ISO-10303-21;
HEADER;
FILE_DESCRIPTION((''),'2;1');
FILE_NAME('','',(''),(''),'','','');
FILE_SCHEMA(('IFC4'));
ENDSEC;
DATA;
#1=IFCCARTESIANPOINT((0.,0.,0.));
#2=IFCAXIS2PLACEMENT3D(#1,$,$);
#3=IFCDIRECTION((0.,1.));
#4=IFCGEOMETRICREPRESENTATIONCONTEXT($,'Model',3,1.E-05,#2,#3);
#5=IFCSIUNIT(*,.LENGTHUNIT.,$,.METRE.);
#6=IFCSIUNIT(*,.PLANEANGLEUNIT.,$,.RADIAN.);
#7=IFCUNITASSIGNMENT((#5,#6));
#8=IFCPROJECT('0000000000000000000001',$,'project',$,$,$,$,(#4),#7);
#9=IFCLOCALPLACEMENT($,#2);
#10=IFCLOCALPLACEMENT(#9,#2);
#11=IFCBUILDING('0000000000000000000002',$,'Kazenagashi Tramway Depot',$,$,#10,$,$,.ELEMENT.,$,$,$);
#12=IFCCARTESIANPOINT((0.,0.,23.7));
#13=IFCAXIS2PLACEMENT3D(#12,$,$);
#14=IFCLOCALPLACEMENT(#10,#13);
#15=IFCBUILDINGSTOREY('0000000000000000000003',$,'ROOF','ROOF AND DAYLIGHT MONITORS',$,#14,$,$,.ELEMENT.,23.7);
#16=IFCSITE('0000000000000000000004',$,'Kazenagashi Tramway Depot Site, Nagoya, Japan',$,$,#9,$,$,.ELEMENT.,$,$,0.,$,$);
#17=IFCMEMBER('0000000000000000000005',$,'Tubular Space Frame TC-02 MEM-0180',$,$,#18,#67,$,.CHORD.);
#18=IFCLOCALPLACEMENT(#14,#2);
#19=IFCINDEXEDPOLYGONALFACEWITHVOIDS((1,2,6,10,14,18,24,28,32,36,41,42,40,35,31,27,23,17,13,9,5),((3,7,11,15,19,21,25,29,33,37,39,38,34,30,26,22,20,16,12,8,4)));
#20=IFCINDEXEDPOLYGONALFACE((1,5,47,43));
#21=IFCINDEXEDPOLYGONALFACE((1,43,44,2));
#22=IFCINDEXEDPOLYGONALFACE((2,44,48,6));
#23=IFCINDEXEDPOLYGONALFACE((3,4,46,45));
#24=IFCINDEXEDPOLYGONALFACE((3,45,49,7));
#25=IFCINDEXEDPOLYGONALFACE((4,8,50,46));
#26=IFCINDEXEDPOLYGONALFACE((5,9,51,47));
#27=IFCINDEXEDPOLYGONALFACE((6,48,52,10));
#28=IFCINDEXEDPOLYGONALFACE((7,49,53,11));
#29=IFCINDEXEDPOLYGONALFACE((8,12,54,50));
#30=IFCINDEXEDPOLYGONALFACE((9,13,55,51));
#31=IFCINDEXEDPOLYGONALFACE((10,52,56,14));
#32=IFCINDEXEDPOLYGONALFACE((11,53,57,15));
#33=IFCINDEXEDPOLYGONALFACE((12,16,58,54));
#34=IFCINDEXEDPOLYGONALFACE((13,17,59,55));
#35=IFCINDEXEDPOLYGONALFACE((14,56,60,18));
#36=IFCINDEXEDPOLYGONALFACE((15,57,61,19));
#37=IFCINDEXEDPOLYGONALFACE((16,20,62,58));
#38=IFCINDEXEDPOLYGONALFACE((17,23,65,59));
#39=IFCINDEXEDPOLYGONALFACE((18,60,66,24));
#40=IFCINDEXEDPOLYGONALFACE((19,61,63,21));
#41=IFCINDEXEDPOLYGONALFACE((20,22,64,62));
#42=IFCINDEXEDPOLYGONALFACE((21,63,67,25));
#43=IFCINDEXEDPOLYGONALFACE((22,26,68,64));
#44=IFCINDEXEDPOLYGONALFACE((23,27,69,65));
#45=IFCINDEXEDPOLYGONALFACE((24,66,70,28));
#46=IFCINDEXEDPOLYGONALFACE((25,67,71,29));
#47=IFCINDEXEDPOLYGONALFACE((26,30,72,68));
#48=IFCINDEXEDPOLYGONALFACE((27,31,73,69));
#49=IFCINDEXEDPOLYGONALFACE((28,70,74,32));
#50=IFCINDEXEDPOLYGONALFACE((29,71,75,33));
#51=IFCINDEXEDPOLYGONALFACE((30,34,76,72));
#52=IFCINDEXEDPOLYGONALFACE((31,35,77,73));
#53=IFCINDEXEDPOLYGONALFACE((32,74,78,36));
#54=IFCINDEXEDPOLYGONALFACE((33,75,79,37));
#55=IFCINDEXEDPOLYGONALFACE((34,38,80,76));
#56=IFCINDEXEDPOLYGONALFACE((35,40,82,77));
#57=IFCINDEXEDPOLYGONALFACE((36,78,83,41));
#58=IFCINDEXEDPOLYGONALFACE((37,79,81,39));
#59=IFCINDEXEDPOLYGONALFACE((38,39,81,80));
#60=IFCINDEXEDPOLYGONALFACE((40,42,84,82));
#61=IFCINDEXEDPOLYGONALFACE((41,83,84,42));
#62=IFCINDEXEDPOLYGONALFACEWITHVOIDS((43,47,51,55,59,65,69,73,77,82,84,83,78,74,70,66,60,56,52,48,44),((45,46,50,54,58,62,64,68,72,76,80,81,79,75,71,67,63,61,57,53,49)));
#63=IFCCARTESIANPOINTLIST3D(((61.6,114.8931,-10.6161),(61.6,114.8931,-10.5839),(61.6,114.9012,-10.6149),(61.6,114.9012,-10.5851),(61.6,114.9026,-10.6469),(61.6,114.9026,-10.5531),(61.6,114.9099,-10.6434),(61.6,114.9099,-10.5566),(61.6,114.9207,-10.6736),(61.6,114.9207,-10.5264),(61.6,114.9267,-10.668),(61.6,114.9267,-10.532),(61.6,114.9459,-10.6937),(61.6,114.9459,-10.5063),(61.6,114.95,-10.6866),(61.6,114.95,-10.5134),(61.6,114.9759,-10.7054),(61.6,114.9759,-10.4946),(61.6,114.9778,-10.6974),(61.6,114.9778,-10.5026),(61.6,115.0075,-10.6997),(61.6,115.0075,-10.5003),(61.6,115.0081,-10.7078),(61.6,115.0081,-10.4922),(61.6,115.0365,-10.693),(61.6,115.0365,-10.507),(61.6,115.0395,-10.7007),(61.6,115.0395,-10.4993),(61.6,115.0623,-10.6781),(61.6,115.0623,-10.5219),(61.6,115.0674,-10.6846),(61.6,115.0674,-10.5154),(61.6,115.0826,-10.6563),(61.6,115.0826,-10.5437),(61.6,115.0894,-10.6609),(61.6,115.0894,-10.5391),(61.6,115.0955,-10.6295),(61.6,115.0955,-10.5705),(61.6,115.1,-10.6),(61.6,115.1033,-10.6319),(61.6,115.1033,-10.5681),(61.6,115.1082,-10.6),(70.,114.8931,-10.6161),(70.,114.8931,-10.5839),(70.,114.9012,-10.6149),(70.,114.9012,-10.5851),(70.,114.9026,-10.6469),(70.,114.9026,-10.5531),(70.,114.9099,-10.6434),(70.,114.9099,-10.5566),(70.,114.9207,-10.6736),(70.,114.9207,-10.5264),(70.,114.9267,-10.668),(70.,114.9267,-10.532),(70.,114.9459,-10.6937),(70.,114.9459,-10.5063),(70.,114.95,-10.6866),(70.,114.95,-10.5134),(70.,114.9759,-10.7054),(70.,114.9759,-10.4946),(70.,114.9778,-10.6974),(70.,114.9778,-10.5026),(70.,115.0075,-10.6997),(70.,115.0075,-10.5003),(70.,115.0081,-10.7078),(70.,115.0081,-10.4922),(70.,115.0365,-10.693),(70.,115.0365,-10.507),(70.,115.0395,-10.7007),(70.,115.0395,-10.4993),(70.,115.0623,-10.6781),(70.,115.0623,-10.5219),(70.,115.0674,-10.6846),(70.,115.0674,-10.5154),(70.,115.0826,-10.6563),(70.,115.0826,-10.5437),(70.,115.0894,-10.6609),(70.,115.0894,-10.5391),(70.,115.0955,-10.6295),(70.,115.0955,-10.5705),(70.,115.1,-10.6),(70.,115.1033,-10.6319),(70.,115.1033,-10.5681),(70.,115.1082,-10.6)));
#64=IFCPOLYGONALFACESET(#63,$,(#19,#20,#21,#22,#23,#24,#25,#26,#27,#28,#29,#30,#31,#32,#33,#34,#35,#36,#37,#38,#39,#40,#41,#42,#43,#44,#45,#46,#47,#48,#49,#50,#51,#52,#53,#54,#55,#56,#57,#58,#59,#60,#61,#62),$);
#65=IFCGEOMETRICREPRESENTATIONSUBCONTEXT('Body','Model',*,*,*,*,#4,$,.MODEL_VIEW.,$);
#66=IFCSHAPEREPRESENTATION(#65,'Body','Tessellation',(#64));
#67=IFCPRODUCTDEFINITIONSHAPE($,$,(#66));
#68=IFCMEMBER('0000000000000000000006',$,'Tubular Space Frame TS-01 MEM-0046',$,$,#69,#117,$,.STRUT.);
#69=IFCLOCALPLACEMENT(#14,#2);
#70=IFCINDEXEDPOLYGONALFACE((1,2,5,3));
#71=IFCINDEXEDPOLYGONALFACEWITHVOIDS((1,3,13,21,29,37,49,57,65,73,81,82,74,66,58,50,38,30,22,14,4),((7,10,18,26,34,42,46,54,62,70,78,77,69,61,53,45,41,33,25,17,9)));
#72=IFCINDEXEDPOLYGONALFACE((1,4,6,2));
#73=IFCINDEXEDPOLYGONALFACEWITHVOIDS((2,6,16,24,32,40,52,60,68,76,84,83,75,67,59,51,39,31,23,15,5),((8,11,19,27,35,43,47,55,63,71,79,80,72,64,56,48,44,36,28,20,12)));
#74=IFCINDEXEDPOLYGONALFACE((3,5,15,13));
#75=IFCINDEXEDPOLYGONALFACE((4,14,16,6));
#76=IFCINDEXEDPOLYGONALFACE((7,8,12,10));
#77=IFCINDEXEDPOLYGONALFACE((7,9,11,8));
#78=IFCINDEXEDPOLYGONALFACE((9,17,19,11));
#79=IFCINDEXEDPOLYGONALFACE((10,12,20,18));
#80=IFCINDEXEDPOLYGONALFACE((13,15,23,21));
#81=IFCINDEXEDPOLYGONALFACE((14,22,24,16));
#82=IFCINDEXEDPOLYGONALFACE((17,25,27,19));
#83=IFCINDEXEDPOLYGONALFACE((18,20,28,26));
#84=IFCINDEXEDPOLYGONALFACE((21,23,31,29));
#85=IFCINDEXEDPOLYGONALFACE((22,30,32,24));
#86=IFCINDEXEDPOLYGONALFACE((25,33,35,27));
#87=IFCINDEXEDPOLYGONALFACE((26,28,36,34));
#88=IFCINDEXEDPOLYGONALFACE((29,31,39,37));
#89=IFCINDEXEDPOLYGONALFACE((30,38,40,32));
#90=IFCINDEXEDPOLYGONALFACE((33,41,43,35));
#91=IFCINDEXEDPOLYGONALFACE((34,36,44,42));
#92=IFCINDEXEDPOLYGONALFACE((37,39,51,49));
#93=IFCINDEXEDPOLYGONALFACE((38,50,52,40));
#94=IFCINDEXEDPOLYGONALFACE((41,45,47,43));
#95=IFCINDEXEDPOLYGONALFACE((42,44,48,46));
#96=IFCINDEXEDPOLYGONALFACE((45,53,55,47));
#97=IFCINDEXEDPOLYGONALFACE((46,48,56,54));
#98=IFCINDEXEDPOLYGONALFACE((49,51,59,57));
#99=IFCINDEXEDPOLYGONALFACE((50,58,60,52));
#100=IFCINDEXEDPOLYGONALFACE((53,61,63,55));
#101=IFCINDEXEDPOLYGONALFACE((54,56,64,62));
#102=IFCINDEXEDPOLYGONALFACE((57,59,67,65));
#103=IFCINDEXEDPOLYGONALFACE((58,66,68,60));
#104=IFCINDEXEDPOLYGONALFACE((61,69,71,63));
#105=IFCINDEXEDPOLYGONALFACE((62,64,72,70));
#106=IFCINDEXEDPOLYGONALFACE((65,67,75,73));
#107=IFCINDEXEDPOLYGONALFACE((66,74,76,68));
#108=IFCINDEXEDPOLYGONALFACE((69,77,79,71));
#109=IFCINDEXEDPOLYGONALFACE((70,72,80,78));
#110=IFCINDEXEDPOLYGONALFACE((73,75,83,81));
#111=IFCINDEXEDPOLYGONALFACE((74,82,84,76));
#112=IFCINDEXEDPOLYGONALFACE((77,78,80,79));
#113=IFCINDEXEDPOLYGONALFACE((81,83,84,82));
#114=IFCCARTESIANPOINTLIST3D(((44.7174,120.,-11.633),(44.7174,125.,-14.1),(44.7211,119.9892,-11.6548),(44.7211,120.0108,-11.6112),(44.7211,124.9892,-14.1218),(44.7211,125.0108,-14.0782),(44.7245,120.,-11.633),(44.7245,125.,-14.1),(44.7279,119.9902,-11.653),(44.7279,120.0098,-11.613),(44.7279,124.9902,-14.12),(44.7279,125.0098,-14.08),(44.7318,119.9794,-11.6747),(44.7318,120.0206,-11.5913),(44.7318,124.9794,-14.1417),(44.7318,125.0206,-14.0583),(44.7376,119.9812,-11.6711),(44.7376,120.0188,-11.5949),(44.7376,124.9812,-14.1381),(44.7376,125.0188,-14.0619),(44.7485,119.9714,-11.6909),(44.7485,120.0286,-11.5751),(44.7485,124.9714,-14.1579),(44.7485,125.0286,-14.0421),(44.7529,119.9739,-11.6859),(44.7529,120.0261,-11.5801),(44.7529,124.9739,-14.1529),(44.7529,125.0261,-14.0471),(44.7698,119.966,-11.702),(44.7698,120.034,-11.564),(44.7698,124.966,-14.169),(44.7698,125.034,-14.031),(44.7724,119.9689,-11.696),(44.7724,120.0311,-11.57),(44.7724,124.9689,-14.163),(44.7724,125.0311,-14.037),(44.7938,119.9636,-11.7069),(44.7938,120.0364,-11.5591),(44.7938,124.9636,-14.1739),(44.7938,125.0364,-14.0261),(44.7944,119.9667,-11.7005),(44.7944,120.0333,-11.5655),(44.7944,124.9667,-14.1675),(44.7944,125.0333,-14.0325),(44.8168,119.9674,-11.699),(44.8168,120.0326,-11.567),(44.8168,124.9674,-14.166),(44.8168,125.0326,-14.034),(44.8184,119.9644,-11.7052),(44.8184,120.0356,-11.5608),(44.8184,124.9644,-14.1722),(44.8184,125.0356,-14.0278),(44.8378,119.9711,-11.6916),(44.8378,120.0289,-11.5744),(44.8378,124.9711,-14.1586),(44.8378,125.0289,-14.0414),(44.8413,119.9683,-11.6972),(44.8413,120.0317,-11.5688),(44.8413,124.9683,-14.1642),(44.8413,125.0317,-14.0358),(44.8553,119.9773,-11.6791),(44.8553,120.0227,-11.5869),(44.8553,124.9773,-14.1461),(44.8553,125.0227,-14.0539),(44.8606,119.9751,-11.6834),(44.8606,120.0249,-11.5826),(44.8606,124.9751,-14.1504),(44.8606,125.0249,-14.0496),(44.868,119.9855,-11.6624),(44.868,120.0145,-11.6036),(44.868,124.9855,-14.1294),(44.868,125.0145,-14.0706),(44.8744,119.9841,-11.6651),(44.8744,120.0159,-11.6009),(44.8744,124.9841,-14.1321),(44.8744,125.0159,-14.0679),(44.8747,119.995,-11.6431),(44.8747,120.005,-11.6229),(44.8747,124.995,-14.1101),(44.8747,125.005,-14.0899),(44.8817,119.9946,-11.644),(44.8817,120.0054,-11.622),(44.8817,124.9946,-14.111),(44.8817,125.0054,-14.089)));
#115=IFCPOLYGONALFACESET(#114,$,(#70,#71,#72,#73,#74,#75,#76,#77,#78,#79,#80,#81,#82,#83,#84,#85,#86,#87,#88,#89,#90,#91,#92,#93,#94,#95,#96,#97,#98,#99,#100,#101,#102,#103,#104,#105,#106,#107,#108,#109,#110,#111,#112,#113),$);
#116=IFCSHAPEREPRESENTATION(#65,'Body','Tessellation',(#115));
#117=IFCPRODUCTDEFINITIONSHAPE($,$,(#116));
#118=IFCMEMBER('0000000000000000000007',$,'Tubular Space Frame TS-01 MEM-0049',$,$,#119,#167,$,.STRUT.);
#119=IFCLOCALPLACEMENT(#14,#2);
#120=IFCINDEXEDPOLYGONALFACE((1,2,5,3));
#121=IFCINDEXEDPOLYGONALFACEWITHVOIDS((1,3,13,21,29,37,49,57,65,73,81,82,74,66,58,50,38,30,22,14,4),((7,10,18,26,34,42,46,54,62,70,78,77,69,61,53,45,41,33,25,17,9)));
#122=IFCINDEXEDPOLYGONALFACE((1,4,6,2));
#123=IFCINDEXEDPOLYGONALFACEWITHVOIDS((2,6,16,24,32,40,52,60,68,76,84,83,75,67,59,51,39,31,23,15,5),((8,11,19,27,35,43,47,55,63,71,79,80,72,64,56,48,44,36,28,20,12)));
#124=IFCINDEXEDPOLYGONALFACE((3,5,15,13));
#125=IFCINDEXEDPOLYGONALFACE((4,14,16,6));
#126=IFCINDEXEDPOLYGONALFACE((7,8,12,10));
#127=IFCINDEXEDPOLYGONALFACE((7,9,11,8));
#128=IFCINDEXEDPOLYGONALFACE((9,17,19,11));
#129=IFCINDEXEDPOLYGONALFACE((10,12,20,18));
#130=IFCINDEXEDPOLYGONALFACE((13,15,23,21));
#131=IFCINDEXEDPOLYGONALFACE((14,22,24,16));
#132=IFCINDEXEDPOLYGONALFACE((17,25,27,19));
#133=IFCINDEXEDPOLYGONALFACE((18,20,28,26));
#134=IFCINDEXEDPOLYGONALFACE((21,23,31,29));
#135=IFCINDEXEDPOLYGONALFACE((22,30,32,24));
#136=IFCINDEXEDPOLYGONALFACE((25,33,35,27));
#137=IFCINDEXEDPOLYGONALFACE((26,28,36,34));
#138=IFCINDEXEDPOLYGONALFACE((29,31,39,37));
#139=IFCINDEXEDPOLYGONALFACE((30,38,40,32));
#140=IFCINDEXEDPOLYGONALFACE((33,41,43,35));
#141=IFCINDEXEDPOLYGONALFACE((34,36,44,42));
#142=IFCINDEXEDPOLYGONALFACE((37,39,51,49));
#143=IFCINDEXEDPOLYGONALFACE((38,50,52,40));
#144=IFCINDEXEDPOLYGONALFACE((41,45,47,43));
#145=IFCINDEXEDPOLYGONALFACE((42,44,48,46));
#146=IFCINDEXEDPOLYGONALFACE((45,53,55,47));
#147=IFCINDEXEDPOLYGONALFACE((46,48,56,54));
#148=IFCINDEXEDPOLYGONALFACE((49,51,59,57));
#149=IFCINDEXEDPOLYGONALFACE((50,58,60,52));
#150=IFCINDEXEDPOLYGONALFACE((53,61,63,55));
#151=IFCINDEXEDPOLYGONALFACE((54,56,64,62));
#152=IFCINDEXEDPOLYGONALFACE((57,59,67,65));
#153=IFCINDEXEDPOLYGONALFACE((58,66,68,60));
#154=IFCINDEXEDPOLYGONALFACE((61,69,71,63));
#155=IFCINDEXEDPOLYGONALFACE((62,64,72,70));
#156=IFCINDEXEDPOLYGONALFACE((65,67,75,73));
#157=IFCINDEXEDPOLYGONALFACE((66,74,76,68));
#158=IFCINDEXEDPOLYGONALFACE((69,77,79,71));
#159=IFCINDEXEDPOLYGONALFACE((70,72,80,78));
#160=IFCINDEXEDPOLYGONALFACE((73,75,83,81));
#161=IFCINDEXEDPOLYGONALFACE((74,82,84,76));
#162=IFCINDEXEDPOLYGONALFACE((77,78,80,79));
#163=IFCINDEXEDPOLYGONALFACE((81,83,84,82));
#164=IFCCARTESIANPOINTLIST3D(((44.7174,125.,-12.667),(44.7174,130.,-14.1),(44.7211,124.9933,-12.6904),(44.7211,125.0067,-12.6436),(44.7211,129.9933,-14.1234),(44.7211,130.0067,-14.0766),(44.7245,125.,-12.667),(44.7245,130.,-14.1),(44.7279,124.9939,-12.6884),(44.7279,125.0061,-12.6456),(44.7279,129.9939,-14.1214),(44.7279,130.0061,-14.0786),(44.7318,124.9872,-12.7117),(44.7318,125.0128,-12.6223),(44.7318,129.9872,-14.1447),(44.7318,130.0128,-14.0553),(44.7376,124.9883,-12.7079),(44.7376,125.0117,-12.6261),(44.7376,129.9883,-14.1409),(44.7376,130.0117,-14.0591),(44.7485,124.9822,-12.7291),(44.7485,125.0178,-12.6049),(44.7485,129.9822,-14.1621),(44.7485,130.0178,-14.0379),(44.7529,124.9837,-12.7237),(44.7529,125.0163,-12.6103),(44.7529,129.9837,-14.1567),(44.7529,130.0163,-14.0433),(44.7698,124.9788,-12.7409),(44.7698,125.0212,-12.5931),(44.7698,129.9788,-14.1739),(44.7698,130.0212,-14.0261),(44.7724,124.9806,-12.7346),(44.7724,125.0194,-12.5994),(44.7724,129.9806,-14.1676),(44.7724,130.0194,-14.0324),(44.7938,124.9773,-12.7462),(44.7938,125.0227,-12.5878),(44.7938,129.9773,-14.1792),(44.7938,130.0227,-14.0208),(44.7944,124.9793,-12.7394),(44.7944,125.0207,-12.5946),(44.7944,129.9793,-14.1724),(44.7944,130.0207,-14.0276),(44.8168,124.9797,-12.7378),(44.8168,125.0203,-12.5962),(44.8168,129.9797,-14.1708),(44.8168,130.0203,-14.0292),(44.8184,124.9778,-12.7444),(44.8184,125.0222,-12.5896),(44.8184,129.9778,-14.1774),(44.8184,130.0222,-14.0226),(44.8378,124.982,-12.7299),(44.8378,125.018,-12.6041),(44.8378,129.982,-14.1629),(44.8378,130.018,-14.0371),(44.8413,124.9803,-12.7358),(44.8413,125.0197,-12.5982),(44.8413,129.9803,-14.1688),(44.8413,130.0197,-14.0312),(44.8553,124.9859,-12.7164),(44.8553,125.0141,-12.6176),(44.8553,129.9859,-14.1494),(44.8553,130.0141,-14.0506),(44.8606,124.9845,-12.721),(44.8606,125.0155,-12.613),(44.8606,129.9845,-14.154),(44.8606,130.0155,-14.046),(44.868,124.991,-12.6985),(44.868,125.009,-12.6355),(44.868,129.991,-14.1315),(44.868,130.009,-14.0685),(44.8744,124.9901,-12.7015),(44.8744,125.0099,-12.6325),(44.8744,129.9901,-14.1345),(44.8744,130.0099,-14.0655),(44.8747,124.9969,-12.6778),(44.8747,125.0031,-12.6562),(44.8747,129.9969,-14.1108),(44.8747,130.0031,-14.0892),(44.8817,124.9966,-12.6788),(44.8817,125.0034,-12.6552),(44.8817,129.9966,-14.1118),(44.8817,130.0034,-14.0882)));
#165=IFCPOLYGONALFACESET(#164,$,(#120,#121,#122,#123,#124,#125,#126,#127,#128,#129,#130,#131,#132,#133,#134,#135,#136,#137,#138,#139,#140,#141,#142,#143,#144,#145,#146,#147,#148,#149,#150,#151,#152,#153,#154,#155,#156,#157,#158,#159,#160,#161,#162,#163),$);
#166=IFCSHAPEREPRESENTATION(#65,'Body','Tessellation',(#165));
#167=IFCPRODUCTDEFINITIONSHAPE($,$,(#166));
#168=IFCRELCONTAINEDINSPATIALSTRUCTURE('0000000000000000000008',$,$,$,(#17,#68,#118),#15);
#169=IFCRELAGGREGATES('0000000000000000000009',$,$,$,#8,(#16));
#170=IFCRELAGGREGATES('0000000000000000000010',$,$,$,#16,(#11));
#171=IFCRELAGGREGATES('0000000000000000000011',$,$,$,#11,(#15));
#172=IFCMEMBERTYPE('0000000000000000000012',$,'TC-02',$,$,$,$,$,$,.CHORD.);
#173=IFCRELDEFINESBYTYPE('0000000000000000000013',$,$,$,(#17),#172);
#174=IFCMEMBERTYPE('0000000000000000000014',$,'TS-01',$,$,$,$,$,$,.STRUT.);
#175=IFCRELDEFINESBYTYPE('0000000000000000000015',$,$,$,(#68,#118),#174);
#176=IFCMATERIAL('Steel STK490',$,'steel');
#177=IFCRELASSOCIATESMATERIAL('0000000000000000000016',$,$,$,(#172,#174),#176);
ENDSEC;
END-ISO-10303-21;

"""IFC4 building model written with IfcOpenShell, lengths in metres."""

from ifc_helpers import new_model, si_unit, direction, frame, origin, origin_2d, place, context, subcontext, project, spatial, hollow_circle, extrude, material, material_profile, profile_set, type_object, element, save


model = new_model("IFC4")

# Units and contexts
model_context = context("Model", 3, precision=1e-05, world=origin(), true_north=direction((0.0, 1.0)))
body_context = subcontext(model_context, "Body", "Model", "MODEL_VIEW")
ifc_project = project(units=[si_unit("LENGTHUNIT", "METRE"), si_unit("PLANEANGLEUNIT", "RADIAN")], contexts=[model_context])

# Site, building, storey
site_placement = place(None, origin())
site = spatial("IfcSite", under=ifc_project, at=site_placement, Name="Kazenagashi Tramway Depot Site, Nagoya, Japan", CompositionType="ELEMENT", RefElevation=0.0)
building_placement = place(site_placement, origin())
building = spatial("IfcBuilding", under=site, at=building_placement, Name="Kazenagashi Tramway Depot", CompositionType="ELEMENT")
storey_placement = place(building_placement, frame((0.0, 0.0, 23.7)))
storey = spatial("IfcBuildingStorey", under=building, at=storey_placement, Name="ROOF", Description="ROOF AND DAYLIGHT MONITORS", CompositionType="ELEMENT", Elevation=23.7)

# Members
ifc_material_1 = material(Name="Steel STK490", Category="steel")
ifc_material_profile_1 = material_profile(ifc_material_1, hollow_circle(Radius=0.1081, WallThickness=0.0082, at=origin_2d()), Name="CHS-216.3x8.2")
ifc_profile_set_1 = profile_set([ifc_material_profile_1], Name="Steel STK490")
member_type_1 = type_object("IfcMemberType", Name="TC-02", PredefinedType="CHORD", material=ifc_profile_set_1)
for number, where, z_axis, x_axis, name in (
    (1, (61.6, 115.0, -10.6), (1.0, 0.0, 0.0), (0.0, 1.0, 0.0), "Tubular Space Frame TC-02 MEM-0180"),
):
    element("IfcMember", number, at=place(storey_placement, frame(where, z_axis=z_axis, x_axis=x_axis)), inside=storey, type_object=member_type_1, Name=name, PredefinedType="CHORD", context=body_context, shape_type="SweptSolid", body=[
        extrude(hollow_circle(Radius=0.1081, WallThickness=0.0082, at=origin_2d()), origin(), (0.0, 0.0, 1.0), 8.4),
    ])
ifc_material_profile_2 = material_profile(ifc_material_1, hollow_circle(Radius=0.0826, WallThickness=0.0071, at=origin_2d()), Name="CHS-165.2x7.1")
ifc_profile_set_2 = profile_set([ifc_material_profile_2], Name="Steel STK490")
member_type_2 = type_object("IfcMemberType", Name="TS-01", PredefinedType="STRUT", material=ifc_profile_set_2)
member_1_placement = place(storey_placement, frame((44.8, 120.0, -11.633), z_axis=(0.0, 0.896782, -0.442472), x_axis=(-1.0, 0.0, 0.0)))
element("IfcMember", 2, at=member_1_placement, inside=storey, type_object=member_type_2, Name="Tubular Space Frame TS-01 MEM-0046", PredefinedType="STRUT", context=body_context, shape_type="SweptSolid", body=[
    extrude(hollow_circle(Radius=0.0826, WallThickness=0.0071, at=origin_2d()), origin(), (0.0, 0.0, 1.0), 5.5755),
])
member_2_placement = place(storey_placement, frame((44.8, 125.0, -12.667), z_axis=(0.0, 0.961299, -0.275508), x_axis=(-1.0, 0.0, 0.0)))
element("IfcMember", 3, at=member_2_placement, inside=storey, type_object=member_type_2, Name="Tubular Space Frame TS-01 MEM-0049", PredefinedType="STRUT", context=body_context, shape_type="SweptSolid", body=[
    extrude(hollow_circle(Radius=0.0826, WallThickness=0.0071, at=origin_2d()), origin(), (0.0, 0.0, 1.0), 5.2013),
])

save(model, "model.ifc")
